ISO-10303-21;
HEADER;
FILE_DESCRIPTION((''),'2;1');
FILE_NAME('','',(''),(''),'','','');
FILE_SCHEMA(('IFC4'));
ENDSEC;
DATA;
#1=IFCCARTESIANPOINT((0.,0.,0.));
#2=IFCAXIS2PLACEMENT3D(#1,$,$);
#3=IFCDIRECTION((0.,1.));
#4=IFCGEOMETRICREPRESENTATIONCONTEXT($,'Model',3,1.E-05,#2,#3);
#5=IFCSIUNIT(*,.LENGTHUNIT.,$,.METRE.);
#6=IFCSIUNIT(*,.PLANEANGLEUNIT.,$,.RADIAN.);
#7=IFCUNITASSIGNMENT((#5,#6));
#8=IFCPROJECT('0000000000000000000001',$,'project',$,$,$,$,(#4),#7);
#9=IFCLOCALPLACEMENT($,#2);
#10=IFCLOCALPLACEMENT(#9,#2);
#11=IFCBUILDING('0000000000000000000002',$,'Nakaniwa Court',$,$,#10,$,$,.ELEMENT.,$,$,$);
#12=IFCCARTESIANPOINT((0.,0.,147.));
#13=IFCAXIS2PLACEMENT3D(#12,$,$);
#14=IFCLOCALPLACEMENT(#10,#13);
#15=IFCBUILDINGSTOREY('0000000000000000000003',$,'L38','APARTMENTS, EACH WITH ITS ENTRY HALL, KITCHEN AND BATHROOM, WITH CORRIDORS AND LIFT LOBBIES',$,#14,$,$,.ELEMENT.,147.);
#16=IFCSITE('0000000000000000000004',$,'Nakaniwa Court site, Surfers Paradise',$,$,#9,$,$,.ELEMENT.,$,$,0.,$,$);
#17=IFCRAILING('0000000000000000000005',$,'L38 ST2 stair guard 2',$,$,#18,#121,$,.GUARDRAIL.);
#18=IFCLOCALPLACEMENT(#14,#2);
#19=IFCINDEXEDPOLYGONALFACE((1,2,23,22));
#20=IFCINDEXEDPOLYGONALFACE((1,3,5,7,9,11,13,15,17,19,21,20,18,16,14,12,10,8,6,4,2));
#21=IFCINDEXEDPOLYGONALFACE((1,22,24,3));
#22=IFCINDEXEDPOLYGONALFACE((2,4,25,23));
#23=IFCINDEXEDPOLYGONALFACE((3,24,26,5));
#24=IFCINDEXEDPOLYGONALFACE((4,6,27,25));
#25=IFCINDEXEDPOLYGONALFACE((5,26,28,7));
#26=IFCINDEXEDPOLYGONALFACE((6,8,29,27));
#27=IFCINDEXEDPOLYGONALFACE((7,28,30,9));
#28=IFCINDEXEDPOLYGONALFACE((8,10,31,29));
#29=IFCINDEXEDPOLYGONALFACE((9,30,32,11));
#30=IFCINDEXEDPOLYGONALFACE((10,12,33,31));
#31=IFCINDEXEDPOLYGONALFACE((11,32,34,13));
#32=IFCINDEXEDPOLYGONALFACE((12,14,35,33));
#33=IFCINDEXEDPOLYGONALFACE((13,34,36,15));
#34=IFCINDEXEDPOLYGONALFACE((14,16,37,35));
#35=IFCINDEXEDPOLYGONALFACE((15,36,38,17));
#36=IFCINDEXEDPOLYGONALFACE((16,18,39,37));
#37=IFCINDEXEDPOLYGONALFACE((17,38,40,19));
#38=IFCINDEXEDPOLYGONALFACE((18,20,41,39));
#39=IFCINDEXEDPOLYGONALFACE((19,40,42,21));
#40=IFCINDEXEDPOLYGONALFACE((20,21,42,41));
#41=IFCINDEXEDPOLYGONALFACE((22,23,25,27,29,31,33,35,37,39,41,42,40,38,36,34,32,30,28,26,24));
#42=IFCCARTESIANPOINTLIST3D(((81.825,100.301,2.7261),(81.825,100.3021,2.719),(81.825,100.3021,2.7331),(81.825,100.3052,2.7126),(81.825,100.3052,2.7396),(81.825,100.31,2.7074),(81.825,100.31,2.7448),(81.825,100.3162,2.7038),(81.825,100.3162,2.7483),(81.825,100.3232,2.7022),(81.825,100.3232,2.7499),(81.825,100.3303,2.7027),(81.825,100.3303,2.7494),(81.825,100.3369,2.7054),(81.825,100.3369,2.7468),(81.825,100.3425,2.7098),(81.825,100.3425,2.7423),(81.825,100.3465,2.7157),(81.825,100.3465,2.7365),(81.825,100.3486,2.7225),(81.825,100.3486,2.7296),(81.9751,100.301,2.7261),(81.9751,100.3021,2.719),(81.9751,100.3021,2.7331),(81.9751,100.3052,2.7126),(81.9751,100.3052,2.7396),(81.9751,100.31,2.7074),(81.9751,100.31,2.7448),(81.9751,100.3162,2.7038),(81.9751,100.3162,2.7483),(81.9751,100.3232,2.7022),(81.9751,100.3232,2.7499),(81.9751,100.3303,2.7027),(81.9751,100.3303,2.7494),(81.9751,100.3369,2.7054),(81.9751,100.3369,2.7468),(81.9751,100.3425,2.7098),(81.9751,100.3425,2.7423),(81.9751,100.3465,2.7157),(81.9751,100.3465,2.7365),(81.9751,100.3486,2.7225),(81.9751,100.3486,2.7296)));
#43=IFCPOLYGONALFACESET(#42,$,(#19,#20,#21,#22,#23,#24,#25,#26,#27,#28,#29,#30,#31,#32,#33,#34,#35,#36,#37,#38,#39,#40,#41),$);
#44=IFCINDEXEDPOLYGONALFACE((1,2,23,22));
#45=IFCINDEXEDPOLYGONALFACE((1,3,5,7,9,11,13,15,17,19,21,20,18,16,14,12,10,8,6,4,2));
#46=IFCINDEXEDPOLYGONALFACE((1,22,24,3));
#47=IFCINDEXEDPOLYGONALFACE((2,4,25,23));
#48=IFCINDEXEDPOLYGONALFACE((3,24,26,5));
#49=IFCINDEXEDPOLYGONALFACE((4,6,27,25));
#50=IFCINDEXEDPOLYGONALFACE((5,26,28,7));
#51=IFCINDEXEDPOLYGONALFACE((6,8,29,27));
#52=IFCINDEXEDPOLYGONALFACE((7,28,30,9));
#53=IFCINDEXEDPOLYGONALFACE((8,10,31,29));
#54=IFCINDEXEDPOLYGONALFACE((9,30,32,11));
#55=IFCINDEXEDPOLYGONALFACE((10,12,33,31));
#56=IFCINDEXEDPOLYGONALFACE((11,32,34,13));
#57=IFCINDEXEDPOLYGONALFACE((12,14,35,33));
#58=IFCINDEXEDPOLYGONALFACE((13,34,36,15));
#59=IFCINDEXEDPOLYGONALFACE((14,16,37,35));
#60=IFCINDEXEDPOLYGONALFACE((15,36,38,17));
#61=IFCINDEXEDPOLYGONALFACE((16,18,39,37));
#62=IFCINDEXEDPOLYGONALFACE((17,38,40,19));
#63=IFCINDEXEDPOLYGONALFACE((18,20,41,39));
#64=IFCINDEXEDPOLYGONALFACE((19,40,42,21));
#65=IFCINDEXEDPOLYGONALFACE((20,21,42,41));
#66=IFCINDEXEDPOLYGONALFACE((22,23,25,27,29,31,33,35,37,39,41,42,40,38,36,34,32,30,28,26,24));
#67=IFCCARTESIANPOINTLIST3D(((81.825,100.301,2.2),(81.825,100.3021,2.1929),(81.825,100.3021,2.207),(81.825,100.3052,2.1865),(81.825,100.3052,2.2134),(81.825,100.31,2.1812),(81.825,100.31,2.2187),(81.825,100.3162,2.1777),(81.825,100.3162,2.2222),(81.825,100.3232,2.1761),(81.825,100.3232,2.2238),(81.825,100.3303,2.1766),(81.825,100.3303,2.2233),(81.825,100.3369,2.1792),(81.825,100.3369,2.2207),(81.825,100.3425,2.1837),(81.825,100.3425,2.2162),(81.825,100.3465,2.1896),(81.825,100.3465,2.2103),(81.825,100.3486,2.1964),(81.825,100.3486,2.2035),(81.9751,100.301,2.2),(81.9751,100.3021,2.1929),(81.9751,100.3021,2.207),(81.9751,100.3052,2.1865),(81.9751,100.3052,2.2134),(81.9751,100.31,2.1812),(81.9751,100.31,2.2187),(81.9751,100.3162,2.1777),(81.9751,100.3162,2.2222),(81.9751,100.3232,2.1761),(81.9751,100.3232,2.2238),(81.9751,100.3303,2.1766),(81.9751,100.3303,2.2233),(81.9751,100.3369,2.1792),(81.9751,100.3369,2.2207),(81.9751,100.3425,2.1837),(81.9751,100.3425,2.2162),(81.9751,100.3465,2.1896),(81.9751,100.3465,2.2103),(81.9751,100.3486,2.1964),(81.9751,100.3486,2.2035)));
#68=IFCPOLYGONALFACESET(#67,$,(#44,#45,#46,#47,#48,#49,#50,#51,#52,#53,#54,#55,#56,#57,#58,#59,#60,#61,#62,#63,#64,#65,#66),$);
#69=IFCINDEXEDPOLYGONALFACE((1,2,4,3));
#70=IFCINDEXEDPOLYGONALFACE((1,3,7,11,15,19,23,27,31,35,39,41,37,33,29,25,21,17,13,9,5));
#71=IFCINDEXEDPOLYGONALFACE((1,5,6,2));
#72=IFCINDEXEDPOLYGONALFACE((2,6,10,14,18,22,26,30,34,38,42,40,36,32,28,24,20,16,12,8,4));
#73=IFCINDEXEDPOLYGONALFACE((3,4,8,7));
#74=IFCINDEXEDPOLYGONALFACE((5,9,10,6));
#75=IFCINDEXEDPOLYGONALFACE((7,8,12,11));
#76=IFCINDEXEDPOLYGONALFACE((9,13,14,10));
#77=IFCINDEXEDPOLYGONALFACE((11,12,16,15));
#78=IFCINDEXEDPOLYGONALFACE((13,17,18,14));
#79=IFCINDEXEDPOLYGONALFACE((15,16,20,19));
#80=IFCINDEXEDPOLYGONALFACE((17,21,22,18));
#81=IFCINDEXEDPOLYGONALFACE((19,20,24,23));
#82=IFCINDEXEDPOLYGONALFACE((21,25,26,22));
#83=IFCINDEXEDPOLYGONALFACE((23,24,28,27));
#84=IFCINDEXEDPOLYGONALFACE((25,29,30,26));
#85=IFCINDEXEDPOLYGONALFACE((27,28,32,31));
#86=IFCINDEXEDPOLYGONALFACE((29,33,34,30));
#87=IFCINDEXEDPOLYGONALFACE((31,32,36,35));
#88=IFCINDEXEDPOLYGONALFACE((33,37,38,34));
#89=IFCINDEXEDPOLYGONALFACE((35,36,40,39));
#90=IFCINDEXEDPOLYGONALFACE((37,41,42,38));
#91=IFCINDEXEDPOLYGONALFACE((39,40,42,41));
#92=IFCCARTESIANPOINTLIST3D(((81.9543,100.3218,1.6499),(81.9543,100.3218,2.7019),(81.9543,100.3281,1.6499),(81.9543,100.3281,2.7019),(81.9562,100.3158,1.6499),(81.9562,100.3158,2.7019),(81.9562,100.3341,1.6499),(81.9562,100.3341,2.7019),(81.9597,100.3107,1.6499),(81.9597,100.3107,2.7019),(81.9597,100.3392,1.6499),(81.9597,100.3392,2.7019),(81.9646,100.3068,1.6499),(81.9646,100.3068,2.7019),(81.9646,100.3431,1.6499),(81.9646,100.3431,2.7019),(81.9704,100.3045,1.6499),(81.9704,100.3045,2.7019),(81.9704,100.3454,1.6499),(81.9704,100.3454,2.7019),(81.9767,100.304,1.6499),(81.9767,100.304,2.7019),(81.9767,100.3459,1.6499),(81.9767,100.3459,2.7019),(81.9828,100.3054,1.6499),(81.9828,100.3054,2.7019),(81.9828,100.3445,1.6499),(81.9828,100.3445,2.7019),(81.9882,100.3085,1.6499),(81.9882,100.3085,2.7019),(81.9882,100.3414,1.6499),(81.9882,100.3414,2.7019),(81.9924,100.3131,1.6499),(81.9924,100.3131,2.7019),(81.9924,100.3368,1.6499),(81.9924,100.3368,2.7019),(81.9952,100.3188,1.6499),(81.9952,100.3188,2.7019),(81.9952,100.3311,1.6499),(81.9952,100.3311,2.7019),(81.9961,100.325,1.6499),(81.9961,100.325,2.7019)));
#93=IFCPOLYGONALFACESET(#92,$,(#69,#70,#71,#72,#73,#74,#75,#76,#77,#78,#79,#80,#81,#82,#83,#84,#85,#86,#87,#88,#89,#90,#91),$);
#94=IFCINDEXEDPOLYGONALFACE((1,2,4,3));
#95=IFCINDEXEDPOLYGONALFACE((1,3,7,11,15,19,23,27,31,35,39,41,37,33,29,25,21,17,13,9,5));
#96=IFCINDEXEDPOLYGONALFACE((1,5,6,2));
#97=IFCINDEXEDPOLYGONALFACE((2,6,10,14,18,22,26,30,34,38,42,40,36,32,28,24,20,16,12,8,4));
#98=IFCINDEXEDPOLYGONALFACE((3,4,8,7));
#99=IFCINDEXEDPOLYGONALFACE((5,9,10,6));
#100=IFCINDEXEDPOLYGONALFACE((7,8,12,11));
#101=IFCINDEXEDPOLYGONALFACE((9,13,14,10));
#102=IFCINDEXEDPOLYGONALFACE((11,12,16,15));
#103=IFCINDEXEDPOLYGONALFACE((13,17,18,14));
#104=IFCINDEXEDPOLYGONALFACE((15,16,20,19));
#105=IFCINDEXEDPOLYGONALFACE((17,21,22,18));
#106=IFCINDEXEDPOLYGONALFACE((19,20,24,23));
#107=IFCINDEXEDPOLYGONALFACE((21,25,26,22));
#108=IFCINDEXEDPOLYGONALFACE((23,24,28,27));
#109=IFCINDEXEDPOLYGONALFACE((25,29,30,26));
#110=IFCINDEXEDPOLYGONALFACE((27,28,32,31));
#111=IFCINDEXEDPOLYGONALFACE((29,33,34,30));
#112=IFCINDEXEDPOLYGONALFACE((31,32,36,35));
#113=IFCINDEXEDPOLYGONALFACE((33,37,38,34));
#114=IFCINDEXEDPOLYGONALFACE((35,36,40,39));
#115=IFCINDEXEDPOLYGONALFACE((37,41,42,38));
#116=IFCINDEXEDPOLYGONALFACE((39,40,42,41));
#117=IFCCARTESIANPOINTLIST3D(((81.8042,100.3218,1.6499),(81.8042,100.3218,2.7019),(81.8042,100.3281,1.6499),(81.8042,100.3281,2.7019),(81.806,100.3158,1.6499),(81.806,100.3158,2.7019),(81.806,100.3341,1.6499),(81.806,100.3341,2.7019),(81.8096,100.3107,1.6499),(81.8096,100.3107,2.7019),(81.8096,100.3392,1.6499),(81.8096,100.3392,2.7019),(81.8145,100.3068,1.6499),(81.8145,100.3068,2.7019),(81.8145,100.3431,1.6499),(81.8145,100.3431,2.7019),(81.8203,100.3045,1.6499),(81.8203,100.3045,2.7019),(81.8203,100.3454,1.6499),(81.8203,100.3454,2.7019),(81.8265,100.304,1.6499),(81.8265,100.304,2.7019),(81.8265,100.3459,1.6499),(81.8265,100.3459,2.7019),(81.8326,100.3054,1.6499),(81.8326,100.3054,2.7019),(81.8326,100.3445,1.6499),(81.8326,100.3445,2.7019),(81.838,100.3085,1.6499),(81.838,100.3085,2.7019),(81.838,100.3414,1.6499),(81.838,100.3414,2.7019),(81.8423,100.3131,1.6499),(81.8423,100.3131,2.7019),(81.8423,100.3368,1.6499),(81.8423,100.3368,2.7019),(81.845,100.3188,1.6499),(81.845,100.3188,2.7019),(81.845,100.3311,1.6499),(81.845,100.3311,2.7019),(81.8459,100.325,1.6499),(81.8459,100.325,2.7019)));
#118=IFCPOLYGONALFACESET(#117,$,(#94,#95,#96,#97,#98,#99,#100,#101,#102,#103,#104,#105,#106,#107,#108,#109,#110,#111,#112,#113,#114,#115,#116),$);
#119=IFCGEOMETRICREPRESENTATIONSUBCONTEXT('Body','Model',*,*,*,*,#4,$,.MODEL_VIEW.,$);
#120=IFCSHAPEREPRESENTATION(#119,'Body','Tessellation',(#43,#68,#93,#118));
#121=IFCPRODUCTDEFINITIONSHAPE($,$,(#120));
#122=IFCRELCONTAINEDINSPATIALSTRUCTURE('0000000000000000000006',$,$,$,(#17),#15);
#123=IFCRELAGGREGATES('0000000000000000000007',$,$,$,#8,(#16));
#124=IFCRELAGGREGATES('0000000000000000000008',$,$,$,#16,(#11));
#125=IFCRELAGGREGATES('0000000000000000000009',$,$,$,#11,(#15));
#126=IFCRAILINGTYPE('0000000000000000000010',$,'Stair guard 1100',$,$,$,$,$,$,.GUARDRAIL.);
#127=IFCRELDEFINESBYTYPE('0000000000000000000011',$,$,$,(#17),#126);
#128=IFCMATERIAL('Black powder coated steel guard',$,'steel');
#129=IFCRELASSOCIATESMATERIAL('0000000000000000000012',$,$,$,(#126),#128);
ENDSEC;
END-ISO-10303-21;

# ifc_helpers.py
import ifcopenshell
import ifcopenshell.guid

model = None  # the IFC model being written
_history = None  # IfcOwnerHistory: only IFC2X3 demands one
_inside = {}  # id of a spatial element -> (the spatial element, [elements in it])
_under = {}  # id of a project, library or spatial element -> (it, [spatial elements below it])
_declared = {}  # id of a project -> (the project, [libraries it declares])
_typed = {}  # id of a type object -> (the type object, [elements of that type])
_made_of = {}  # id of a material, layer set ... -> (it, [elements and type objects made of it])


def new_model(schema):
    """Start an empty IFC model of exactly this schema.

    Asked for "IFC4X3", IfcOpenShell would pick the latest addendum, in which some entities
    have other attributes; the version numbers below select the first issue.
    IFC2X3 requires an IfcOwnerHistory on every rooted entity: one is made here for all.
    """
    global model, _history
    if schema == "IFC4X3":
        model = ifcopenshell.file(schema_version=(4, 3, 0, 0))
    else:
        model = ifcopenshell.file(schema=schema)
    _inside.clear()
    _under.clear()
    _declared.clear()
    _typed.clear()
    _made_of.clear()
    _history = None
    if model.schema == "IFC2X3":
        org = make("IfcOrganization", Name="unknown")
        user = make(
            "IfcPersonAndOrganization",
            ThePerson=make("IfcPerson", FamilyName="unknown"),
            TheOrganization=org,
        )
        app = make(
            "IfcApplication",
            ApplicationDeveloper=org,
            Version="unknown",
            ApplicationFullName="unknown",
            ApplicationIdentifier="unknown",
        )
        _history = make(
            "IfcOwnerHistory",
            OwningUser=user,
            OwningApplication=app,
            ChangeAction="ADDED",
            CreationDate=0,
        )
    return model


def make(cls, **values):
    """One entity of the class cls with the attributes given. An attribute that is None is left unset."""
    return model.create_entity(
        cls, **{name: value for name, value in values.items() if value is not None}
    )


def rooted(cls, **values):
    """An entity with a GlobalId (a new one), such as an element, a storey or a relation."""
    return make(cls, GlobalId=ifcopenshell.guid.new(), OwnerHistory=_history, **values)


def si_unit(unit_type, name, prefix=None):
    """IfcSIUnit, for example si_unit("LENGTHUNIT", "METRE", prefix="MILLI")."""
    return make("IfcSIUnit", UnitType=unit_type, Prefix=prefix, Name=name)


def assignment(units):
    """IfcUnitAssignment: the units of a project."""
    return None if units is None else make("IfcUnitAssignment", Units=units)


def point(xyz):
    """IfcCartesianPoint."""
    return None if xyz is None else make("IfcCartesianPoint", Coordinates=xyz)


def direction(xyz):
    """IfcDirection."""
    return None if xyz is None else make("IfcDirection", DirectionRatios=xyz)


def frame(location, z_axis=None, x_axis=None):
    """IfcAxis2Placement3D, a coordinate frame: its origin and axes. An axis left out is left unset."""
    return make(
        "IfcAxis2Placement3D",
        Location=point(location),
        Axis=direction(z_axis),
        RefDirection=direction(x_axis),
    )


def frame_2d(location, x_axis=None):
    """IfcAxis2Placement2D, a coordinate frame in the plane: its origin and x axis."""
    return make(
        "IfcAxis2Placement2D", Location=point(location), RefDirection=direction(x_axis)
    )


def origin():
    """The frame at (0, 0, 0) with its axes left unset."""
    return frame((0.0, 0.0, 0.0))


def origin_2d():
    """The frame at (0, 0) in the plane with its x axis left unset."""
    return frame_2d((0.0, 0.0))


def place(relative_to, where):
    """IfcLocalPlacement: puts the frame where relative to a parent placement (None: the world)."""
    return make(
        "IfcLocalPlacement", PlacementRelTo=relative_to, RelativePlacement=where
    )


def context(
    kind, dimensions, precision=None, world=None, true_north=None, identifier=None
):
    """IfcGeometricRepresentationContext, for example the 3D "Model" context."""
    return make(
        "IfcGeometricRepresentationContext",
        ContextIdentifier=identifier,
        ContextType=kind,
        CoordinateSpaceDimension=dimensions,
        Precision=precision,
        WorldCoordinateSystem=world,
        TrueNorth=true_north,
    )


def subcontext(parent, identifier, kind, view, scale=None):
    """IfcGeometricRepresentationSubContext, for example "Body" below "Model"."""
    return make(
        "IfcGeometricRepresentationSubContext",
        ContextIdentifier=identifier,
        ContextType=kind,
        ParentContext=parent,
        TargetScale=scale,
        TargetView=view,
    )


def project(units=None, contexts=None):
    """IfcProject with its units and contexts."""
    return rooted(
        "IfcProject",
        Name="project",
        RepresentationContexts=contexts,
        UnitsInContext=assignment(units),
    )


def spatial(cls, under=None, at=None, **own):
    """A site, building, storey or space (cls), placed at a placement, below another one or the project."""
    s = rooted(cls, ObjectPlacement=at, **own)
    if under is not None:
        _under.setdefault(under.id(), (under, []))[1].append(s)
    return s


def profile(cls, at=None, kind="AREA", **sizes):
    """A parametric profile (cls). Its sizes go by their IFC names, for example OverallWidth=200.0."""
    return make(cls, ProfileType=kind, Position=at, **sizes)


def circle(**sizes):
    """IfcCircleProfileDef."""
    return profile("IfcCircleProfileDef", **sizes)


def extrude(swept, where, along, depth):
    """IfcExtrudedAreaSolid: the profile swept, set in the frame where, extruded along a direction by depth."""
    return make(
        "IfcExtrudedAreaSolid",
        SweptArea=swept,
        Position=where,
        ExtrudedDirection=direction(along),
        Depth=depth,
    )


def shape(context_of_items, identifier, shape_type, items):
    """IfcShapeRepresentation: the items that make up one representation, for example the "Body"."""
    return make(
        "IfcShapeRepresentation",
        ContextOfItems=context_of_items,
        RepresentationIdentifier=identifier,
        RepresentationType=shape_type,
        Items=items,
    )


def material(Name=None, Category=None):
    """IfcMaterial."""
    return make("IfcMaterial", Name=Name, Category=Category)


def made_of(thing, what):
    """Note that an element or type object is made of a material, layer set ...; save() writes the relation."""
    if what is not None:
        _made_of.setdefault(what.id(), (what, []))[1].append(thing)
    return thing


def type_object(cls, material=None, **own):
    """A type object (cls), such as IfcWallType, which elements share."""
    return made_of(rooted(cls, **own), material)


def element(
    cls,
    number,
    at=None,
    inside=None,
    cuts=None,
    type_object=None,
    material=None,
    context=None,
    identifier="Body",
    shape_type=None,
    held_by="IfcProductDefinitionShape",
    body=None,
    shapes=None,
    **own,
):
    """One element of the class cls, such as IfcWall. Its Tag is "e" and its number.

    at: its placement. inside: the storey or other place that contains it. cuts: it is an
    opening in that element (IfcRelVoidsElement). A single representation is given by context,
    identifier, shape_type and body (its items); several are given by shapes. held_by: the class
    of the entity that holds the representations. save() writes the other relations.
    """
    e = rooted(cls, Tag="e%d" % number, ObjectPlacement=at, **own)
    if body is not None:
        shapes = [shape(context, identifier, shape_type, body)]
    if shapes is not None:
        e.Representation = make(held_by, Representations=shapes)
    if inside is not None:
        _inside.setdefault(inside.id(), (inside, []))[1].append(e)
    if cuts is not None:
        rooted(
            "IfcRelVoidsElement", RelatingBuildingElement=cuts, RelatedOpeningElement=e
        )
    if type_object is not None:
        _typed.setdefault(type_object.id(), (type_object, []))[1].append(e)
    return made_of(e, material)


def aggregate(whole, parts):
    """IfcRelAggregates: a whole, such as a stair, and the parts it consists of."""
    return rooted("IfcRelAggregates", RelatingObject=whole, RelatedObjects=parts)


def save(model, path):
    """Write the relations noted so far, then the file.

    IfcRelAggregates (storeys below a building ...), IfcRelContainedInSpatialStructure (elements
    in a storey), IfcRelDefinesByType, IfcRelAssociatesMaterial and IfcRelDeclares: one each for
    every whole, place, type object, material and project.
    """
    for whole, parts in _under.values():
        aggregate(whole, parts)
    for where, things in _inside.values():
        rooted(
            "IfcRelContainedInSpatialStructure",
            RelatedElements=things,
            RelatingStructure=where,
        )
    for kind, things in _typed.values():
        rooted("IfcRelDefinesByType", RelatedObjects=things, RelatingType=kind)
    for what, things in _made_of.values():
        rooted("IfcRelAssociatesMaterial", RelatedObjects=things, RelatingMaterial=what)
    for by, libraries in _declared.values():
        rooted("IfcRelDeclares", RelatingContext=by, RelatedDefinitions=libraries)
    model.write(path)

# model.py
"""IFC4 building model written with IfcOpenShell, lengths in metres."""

from ifc_helpers import new_model, si_unit, direction, frame, origin, origin_2d, place, context, subcontext, project, spatial, circle, extrude, material, type_object, element, save


model = new_model("IFC4")

# Units and contexts
model_context = context("Model", 3, precision=1e-05, world=origin(), true_north=direction((0.0, 1.0)))
body_context = subcontext(model_context, "Body", "Model", "MODEL_VIEW")
ifc_project = project(units=[si_unit("LENGTHUNIT", "METRE"), si_unit("PLANEANGLEUNIT", "RADIAN")], contexts=[model_context])

# Site, building, storey
site_placement = place(None, origin())
site = spatial("IfcSite", under=ifc_project, at=site_placement, Name="Nakaniwa Court site, Surfers Paradise", CompositionType="ELEMENT", RefElevation=0.0)
building_placement = place(site_placement, origin())
building = spatial("IfcBuilding", under=site, at=building_placement, Name="Nakaniwa Court", CompositionType="ELEMENT")
storey_placement = place(building_placement, frame((0.0, 0.0, 147.0)))
storey = spatial("IfcBuildingStorey", under=building, at=storey_placement, Name="L38", Description="APARTMENTS, EACH WITH ITS ENTRY HALL, KITCHEN AND BATHROOM, WITH CORRIDORS AND LIFT LOBBIES", CompositionType="ELEMENT", Elevation=147.0)

# Railing
ifc_material_1 = material(Name="Black powder coated steel guard", Category="steel")
railing_type_1 = type_object("IfcRailingType", Name="Stair guard 1100", PredefinedType="GUARDRAIL", material=ifc_material_1)
railing_1_placement = place(storey_placement, frame((81.9751, 100.325, 1.6499)))
element("IfcRailing", 1, at=railing_1_placement, inside=storey, type_object=railing_type_1, Name="L38 ST2 stair guard 2", PredefinedType="GUARDRAIL", context=body_context, shape_type="SweptSolid", body=[
    extrude(circle(Radius=0.0239, at=origin_2d()), frame((0.0, 0.0, 1.0762), z_axis=(-1.0, 0.0, 0.0), x_axis=(0.0, -1.0, 0.0)), (0.0, 0.0, 1.0), 0.1501),
    extrude(circle(Radius=0.0239, at=origin_2d()), frame((0.0, 0.0, 0.55), z_axis=(-1.0, 0.0, 0.0), x_axis=(0.0, -1.0, 0.0)), (0.0, 0.0, 1.0), 0.1501),
    extrude(circle(Radius=0.021, at=origin_2d()), origin(), (0.0, 0.0, 1.0), 1.052),
    extrude(circle(Radius=0.021, at=origin_2d()), frame((-0.1501, 0.0, 0.0)), (0.0, 0.0, 1.0), 1.052),
])

save(model, "model.ifc")
